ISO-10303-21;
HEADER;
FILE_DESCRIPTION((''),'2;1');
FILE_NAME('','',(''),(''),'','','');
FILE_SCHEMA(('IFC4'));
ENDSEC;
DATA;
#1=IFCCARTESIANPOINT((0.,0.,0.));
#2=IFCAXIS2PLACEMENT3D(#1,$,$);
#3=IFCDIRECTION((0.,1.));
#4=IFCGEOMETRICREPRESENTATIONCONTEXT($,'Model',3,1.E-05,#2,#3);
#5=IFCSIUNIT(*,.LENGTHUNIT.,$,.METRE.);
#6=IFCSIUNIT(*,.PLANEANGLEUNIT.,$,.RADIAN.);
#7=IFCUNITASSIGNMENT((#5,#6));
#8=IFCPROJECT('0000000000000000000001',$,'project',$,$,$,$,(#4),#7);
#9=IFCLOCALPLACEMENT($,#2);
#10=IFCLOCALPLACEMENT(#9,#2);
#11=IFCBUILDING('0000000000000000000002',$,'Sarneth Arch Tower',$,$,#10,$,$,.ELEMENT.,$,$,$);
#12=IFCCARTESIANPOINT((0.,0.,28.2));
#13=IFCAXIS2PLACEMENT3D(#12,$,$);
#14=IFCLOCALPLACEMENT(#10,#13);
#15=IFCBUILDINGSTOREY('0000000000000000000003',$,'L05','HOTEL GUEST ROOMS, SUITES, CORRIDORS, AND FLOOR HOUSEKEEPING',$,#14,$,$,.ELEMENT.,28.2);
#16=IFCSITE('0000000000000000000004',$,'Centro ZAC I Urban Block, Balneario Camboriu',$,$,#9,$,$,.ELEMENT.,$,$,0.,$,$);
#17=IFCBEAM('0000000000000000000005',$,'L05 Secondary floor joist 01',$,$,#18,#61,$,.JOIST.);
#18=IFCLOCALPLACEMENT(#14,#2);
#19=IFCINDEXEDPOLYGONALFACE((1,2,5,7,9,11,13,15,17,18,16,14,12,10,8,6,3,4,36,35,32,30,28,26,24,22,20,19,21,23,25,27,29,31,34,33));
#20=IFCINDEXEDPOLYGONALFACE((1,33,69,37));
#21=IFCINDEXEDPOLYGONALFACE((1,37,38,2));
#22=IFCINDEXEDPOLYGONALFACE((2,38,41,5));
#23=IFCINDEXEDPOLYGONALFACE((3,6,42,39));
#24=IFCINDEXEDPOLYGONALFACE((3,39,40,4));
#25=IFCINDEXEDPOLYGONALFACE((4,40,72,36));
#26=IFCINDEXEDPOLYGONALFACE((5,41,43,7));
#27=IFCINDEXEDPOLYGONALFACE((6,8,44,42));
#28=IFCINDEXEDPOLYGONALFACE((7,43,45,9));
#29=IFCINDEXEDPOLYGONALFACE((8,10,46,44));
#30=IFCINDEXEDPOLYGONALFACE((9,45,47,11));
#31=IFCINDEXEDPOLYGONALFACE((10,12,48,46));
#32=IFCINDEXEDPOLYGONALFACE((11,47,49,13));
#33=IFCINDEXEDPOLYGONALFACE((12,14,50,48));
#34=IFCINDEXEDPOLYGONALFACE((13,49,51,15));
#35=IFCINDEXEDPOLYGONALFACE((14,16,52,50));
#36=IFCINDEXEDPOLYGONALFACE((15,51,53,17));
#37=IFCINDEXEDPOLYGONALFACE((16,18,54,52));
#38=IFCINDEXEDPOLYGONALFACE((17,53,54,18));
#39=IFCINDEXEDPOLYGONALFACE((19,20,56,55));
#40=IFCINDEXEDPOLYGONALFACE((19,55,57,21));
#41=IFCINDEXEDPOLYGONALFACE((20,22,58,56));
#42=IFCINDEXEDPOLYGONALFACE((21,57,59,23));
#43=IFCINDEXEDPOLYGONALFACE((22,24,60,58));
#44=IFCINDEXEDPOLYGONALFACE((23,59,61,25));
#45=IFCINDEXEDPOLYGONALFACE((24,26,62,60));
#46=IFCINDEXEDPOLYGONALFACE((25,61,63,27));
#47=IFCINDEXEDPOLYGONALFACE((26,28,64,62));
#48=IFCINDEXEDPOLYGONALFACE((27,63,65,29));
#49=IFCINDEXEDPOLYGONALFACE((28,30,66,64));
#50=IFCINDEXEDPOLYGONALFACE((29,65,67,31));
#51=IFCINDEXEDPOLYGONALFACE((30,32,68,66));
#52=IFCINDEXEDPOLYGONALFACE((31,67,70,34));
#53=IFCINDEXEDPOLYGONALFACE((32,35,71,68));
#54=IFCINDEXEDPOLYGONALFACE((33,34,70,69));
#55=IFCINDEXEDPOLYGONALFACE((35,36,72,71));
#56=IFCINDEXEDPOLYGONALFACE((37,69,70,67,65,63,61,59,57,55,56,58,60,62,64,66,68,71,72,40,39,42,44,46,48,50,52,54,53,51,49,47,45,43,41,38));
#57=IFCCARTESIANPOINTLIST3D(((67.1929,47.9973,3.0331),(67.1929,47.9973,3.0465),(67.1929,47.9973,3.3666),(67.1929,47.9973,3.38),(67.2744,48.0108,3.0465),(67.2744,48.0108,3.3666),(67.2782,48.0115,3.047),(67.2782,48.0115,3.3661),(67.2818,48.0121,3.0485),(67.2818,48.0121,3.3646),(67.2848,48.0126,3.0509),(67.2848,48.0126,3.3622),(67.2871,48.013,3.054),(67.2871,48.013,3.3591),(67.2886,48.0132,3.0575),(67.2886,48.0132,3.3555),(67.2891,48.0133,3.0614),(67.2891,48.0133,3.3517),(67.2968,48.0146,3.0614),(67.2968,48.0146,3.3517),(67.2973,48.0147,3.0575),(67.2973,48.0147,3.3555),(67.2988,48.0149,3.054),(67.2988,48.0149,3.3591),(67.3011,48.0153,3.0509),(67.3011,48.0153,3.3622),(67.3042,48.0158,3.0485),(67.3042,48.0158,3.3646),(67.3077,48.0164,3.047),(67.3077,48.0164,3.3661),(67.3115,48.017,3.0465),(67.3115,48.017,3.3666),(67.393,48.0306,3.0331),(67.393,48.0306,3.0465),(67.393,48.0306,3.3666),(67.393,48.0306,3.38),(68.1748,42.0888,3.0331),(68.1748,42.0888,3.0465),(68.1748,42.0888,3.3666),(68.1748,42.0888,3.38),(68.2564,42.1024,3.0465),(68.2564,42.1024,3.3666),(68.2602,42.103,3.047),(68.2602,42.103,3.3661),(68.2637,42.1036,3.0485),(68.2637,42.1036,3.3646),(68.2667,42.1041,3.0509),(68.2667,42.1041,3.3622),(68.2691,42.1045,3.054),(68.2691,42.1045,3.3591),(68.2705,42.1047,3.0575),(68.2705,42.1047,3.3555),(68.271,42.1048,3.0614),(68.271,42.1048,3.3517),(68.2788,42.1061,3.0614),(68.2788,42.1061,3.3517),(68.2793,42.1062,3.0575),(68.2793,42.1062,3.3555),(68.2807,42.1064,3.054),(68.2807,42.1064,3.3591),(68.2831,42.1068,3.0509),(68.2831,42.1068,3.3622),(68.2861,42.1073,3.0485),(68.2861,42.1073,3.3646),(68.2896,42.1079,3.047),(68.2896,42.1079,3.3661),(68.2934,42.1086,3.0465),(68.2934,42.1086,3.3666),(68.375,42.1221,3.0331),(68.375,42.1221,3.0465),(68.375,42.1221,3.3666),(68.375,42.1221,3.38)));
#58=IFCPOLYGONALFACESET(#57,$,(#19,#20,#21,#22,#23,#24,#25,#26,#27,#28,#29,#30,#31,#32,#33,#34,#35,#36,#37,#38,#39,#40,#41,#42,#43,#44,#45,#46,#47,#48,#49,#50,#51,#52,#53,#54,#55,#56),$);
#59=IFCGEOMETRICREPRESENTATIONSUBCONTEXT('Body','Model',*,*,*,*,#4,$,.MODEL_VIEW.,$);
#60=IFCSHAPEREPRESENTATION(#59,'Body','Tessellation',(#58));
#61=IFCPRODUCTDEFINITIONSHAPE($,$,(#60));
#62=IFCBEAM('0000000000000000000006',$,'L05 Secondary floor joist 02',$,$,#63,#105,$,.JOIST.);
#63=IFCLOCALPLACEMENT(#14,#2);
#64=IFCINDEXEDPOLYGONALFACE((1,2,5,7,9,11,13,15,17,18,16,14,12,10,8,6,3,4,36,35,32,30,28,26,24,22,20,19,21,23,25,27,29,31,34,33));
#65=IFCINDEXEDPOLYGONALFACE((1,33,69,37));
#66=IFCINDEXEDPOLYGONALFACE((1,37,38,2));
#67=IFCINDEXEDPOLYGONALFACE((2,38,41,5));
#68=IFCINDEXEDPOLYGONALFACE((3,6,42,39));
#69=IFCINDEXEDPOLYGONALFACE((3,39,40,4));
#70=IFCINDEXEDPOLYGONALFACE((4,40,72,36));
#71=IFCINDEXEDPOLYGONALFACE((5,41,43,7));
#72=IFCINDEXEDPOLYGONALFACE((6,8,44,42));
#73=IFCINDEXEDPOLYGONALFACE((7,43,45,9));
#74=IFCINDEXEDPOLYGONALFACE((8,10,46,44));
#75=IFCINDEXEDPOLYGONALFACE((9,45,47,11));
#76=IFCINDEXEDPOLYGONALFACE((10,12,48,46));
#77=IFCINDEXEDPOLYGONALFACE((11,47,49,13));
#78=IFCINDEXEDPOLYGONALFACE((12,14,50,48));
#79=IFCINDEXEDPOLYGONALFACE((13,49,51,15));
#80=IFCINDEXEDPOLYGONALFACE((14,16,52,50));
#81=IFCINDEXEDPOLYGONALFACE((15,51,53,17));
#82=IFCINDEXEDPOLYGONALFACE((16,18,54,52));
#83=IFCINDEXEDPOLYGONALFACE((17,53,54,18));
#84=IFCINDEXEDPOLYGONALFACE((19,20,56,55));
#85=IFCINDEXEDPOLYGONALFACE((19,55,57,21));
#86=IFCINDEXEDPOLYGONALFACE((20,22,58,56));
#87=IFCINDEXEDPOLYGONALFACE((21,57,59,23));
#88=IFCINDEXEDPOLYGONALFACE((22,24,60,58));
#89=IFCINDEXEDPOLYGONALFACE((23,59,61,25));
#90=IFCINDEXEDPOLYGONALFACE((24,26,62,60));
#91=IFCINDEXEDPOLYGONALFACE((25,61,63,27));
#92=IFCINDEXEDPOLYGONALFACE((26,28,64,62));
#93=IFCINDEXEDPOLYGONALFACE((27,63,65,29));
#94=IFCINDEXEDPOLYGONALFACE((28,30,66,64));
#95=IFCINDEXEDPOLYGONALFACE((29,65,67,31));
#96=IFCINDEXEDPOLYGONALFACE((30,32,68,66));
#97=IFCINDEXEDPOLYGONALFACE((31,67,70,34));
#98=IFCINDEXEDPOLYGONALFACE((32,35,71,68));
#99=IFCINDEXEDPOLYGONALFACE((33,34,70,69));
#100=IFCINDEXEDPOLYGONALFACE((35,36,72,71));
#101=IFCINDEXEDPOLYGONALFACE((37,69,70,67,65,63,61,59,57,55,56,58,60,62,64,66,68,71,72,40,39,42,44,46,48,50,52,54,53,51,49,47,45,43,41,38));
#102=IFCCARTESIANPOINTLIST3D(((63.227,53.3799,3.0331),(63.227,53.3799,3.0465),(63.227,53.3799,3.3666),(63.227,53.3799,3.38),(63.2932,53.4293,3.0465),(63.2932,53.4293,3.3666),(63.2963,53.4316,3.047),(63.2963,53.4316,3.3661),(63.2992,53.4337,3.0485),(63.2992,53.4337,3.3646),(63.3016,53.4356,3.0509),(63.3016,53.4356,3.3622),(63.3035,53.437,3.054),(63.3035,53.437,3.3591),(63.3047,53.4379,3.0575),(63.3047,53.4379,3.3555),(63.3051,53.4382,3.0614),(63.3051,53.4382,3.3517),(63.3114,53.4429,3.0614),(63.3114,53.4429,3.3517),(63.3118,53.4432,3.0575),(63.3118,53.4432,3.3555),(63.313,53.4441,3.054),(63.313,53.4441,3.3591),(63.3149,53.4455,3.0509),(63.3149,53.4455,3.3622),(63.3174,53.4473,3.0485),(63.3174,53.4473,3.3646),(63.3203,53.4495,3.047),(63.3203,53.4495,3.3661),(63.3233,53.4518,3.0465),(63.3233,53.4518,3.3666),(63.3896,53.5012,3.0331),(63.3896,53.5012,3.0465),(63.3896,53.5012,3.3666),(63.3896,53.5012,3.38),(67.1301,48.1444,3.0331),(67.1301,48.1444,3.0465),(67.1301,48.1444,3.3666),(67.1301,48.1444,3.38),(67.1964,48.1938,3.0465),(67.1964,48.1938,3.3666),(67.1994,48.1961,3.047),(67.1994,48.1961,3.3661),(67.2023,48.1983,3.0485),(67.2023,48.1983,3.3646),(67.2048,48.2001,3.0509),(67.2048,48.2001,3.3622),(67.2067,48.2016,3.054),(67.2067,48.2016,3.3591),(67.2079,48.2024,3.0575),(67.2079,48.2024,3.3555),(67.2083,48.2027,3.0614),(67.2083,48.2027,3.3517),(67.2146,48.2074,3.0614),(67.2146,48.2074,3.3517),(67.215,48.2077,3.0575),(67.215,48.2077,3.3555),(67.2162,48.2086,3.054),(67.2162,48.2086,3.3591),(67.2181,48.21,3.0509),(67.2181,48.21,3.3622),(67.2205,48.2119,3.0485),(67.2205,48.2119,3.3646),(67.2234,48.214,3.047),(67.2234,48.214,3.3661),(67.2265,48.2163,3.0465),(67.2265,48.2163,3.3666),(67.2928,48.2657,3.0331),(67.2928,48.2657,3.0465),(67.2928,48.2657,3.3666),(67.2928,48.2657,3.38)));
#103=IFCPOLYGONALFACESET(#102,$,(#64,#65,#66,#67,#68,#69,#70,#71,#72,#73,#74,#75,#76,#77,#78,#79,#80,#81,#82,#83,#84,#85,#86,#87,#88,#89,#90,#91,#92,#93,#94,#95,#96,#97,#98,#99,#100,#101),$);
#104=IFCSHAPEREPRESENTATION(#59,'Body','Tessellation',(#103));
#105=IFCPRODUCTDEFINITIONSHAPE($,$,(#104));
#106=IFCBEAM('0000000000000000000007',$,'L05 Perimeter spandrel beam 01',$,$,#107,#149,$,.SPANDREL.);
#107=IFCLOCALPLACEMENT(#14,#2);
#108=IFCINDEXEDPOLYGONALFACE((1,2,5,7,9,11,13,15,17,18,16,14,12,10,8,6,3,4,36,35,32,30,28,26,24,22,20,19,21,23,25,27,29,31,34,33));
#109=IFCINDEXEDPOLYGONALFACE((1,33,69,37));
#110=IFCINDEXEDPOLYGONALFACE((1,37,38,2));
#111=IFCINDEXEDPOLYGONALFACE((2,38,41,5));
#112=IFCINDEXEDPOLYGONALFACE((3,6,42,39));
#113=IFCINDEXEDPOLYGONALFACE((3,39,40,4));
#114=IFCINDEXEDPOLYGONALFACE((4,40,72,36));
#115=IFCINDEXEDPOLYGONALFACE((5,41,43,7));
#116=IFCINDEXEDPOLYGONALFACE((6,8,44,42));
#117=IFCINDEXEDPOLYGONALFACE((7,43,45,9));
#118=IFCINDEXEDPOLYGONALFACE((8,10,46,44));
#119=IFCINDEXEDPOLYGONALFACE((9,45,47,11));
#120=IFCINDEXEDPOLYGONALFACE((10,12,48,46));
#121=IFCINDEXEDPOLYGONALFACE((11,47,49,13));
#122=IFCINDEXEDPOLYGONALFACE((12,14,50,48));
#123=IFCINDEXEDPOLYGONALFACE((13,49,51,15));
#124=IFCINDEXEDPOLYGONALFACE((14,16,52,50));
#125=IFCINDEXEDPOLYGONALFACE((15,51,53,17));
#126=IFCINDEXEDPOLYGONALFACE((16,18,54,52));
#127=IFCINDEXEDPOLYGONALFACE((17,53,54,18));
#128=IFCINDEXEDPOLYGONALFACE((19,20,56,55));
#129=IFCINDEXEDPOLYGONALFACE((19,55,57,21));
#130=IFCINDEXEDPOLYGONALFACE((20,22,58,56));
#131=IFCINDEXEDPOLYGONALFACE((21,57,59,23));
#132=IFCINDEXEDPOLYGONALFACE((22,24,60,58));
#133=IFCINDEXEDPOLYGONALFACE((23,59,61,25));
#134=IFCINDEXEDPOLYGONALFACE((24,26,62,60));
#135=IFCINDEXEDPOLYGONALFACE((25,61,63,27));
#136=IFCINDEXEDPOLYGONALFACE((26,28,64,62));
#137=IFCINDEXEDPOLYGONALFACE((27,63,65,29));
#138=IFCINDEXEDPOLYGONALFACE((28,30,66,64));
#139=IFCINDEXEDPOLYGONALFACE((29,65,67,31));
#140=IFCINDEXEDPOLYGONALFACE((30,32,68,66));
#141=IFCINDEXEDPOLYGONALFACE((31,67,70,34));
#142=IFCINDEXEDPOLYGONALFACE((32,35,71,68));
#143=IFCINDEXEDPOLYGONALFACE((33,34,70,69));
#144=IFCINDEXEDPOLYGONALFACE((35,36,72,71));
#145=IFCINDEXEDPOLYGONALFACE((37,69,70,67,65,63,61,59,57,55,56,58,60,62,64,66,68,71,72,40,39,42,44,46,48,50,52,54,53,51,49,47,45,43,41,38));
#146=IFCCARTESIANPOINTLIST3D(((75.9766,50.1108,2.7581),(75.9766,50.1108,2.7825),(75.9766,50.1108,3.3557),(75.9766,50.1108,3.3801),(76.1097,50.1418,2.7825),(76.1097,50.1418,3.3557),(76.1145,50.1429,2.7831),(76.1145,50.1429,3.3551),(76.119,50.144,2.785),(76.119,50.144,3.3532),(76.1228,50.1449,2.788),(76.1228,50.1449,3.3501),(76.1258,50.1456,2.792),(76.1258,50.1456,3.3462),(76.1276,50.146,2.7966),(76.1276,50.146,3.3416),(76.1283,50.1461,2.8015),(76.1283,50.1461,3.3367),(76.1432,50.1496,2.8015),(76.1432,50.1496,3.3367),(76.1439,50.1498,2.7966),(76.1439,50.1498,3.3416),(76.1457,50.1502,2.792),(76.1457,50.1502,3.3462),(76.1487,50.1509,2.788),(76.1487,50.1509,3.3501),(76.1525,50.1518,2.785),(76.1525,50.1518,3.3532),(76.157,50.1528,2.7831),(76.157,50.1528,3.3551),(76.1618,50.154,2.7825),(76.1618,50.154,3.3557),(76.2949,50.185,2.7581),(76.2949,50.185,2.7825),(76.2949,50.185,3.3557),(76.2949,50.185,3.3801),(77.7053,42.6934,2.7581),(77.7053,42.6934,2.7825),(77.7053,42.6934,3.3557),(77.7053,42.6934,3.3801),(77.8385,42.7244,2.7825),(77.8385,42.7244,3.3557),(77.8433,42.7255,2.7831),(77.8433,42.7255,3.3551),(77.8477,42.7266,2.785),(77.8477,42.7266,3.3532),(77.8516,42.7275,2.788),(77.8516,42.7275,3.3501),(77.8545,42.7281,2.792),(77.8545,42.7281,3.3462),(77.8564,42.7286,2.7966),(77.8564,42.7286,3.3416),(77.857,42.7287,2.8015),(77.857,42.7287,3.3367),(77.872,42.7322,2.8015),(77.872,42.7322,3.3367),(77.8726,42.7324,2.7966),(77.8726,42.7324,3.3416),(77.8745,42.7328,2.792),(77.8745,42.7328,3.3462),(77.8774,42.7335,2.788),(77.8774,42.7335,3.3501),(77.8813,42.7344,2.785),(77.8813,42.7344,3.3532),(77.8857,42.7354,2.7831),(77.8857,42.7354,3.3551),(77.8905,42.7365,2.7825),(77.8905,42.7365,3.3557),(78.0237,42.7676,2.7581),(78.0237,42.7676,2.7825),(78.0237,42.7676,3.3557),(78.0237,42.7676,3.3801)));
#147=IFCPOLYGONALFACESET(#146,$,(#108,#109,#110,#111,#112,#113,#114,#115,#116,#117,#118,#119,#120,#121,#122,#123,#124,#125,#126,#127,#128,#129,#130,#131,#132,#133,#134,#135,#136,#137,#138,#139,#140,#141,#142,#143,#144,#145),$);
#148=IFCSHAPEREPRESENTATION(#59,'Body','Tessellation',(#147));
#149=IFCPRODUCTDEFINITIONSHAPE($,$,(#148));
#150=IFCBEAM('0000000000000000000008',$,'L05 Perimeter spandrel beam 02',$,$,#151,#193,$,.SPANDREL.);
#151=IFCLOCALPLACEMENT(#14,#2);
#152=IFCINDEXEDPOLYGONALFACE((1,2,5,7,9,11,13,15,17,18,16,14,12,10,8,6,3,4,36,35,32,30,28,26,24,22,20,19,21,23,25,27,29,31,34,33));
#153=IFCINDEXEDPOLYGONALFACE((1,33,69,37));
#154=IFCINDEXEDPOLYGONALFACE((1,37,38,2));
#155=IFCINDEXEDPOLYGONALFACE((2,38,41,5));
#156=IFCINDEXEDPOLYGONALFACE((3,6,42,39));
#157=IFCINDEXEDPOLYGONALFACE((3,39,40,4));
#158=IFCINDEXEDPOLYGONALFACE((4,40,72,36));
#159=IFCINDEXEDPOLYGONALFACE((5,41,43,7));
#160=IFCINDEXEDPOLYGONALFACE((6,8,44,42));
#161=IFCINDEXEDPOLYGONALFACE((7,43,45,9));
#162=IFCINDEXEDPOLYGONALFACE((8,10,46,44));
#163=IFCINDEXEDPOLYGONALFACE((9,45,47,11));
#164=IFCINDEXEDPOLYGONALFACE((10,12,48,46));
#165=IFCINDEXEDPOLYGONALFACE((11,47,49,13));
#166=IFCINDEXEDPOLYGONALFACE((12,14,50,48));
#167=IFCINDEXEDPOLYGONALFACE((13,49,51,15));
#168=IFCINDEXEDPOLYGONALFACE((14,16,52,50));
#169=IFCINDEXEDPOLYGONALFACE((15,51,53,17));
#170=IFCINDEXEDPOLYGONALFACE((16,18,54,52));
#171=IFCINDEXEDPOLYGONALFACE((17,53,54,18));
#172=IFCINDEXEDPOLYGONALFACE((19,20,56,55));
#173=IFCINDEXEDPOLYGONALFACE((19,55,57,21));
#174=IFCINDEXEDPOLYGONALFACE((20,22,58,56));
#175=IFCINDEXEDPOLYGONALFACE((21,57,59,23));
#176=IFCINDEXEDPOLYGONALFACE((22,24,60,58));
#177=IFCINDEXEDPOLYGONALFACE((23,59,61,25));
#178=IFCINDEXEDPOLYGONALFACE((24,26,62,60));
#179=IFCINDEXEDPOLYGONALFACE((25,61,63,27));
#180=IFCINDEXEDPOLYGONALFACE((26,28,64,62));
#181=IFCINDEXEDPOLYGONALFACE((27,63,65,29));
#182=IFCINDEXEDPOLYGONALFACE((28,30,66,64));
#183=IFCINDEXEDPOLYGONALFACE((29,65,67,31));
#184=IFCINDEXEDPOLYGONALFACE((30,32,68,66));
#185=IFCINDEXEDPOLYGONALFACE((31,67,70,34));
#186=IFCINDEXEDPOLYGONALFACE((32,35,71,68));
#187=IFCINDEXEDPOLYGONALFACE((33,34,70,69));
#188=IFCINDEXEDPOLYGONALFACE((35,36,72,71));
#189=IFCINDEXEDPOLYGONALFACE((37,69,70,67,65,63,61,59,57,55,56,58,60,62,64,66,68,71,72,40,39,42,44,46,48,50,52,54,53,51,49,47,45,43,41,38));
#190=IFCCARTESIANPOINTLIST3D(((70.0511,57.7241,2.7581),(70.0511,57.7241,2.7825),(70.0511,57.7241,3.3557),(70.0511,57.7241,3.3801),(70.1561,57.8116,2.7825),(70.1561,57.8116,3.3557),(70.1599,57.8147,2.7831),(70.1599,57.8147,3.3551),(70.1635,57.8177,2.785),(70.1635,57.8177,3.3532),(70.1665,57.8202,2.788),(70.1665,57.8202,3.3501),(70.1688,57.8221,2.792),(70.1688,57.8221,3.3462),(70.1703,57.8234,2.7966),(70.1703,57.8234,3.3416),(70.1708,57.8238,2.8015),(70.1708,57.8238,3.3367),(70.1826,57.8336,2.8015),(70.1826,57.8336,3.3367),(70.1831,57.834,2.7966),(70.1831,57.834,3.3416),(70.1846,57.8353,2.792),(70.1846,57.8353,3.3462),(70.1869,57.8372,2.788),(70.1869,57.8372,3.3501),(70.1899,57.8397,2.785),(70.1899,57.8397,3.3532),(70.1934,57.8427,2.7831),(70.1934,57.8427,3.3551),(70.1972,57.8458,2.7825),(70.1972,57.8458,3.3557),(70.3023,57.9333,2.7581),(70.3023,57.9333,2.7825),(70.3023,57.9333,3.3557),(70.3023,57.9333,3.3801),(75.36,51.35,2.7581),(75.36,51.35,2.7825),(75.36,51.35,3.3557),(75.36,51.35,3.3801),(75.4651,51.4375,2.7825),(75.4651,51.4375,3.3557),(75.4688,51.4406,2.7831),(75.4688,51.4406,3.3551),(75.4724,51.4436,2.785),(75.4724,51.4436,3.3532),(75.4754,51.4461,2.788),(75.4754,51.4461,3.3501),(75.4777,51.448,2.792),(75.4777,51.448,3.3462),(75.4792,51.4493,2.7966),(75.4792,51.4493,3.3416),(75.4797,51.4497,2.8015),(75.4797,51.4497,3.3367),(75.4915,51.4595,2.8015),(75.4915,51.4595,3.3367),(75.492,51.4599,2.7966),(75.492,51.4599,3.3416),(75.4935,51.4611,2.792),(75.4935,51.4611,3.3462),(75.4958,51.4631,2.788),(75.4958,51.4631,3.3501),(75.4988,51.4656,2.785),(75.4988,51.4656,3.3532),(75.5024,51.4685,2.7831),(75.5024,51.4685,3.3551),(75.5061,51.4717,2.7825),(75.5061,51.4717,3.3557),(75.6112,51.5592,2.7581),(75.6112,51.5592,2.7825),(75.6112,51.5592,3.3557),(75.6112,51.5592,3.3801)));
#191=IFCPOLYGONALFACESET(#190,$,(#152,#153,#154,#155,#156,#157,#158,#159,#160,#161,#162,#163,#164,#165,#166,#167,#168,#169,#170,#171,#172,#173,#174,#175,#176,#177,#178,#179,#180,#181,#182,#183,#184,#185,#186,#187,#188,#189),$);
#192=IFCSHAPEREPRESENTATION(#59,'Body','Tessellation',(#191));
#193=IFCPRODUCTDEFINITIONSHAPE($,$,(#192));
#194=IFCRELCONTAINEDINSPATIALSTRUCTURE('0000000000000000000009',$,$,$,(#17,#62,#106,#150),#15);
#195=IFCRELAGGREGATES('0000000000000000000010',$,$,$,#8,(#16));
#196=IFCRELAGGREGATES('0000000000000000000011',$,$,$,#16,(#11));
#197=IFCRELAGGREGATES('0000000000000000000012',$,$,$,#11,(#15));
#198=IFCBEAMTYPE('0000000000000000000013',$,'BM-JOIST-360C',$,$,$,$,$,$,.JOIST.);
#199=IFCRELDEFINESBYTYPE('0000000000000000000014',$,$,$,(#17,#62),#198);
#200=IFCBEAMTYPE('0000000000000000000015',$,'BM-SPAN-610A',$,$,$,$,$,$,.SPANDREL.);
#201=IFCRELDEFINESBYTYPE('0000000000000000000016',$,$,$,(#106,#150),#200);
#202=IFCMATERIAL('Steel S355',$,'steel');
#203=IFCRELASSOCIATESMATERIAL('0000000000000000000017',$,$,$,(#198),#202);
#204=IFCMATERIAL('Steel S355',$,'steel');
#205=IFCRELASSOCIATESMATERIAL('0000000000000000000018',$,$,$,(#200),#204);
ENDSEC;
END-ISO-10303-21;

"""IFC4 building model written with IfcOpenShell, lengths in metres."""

from ifc_helpers import new_model, si_unit, direction, frame, origin, origin_2d, place, context, subcontext, project, spatial, i_section, extrude, material, material_profile, profile_set, type_object, element, save


model = new_model("IFC4")

# Units and contexts
model_context = context("Model", 3, precision=1e-05, world=origin(), true_north=direction((0.0, 1.0)))
body_context = subcontext(model_context, "Body", "Model", "MODEL_VIEW")
ifc_project = project(units=[si_unit("LENGTHUNIT", "METRE"), si_unit("PLANEANGLEUNIT", "RADIAN")], contexts=[model_context])

# Site, building, storey
site_placement = place(None, origin())
site = spatial("IfcSite", under=ifc_project, at=site_placement, Name="Centro ZAC I Urban Block, Balneario Camboriu", CompositionType="ELEMENT", RefElevation=0.0)
building_placement = place(site_placement, origin())
building = spatial("IfcBuilding", under=site, at=building_placement, Name="Sarneth Arch Tower", CompositionType="ELEMENT")
storey_placement = place(building_placement, frame((0.0, 0.0, 28.2)))
storey = spatial("IfcBuildingStorey", under=building, at=storey_placement, Name="L05", Description="HOTEL GUEST ROOMS, SUITES, CORRIDORS, AND FLOOR HOUSEKEEPING", CompositionType="ELEMENT", Elevation=28.2)

# Beams
ifc_material_1 = material(Name="Steel S355", Category="steel")
ifc_material_profile_1 = material_profile(ifc_material_1, i_section(OverallWidth=0.2029, OverallDepth=0.3469, WebThickness=0.0078, FlangeThickness=0.0134, FilletRadius=0.0149, at=origin_2d()), Name="W360x64")
ifc_profile_set_1 = profile_set([ifc_material_profile_1], Name="Steel S355")
beam_type_1 = type_object("IfcBeamType", Name="BM-JOIST-360C", PredefinedType="JOIST", material=ifc_profile_set_1)
beam_1_placement = place(storey_placement, frame((68.2749, 42.1055, 3.2065), z_axis=(-0.163943, 0.98647, 0.0), x_axis=(-0.98647, -0.163943, 0.0)))
element("IfcBeam", 1, at=beam_1_placement, inside=storey, type_object=beam_type_1, Name="L05 Secondary floor joist 01", PredefinedType="JOIST", context=body_context, shape_type="SweptSolid", body=[
    extrude(i_section(OverallWidth=0.2029, OverallDepth=0.3469, WebThickness=0.0078, FlangeThickness=0.0134, FilletRadius=0.0149, at=origin_2d()), origin(), (0.0, 0.0, 1.0), 5.9895),
])
beam_2_placement = place(storey_placement, frame((67.2114, 48.2051, 3.2065), z_axis=(-0.5977, 0.801719, 0.0), x_axis=(-0.801719, -0.5977, 0.0)))
element("IfcBeam", 2, at=beam_2_placement, inside=storey, type_object=beam_type_1, Name="L05 Secondary floor joist 02", PredefinedType="JOIST", context=body_context, shape_type="SweptSolid", body=[
    extrude(i_section(OverallWidth=0.2029, OverallDepth=0.3469, WebThickness=0.0078, FlangeThickness=0.0134, FilletRadius=0.0149, at=origin_2d()), origin(), (0.0, 0.0, 1.0), 6.5303),
])
ifc_material_2 = material(Name="Steel S355", Category="steel")
ifc_material_profile_2 = material_profile(ifc_material_2, i_section(OverallWidth=0.3269, OverallDepth=0.6221, WebThickness=0.0154, FlangeThickness=0.0244, FilletRadius=0.019, at=origin_2d()), Name="W610x195")
ifc_profile_set_2 = profile_set([ifc_material_profile_2], Name="Steel S355")
beam_type_2 = type_object("IfcBeamType", Name="BM-SPAN-610A", PredefinedType="SPANDREL", material=ifc_profile_set_2)
beam_3_placement = place(storey_placement, frame((77.8645, 42.7305, 3.0691), z_axis=(-0.226982, 0.973899, 0.0), x_axis=(-0.973899, -0.226982, 0.0)))
element("IfcBeam", 3, at=beam_3_placement, inside=storey, type_object=beam_type_2, Name="L05 Perimeter spandrel beam 01", PredefinedType="SPANDREL", context=body_context, shape_type="SweptSolid", body=[
    extrude(i_section(OverallWidth=0.3269, OverallDepth=0.6221, WebThickness=0.0154, FlangeThickness=0.0244, FilletRadius=0.019, at=origin_2d()), origin(), (0.0, 0.0, 1.0), 7.6162),
])
beam_4_placement = place(storey_placement, frame((75.4856, 51.4546, 3.0691), z_axis=(-0.639982, 0.76839, 0.0), x_axis=(-0.76839, -0.639982, 0.0)))
element("IfcBeam", 4, at=beam_4_placement, inside=storey, type_object=beam_type_2, Name="L05 Perimeter spandrel beam 02", PredefinedType="SPANDREL", context=body_context, shape_type="SweptSolid", body=[
    extrude(i_section(OverallWidth=0.3269, OverallDepth=0.6221, WebThickness=0.0154, FlangeThickness=0.0244, FilletRadius=0.019, at=origin_2d()), origin(), (0.0, 0.0, 1.0), 8.2954),
])

save(model, "model.ifc")
